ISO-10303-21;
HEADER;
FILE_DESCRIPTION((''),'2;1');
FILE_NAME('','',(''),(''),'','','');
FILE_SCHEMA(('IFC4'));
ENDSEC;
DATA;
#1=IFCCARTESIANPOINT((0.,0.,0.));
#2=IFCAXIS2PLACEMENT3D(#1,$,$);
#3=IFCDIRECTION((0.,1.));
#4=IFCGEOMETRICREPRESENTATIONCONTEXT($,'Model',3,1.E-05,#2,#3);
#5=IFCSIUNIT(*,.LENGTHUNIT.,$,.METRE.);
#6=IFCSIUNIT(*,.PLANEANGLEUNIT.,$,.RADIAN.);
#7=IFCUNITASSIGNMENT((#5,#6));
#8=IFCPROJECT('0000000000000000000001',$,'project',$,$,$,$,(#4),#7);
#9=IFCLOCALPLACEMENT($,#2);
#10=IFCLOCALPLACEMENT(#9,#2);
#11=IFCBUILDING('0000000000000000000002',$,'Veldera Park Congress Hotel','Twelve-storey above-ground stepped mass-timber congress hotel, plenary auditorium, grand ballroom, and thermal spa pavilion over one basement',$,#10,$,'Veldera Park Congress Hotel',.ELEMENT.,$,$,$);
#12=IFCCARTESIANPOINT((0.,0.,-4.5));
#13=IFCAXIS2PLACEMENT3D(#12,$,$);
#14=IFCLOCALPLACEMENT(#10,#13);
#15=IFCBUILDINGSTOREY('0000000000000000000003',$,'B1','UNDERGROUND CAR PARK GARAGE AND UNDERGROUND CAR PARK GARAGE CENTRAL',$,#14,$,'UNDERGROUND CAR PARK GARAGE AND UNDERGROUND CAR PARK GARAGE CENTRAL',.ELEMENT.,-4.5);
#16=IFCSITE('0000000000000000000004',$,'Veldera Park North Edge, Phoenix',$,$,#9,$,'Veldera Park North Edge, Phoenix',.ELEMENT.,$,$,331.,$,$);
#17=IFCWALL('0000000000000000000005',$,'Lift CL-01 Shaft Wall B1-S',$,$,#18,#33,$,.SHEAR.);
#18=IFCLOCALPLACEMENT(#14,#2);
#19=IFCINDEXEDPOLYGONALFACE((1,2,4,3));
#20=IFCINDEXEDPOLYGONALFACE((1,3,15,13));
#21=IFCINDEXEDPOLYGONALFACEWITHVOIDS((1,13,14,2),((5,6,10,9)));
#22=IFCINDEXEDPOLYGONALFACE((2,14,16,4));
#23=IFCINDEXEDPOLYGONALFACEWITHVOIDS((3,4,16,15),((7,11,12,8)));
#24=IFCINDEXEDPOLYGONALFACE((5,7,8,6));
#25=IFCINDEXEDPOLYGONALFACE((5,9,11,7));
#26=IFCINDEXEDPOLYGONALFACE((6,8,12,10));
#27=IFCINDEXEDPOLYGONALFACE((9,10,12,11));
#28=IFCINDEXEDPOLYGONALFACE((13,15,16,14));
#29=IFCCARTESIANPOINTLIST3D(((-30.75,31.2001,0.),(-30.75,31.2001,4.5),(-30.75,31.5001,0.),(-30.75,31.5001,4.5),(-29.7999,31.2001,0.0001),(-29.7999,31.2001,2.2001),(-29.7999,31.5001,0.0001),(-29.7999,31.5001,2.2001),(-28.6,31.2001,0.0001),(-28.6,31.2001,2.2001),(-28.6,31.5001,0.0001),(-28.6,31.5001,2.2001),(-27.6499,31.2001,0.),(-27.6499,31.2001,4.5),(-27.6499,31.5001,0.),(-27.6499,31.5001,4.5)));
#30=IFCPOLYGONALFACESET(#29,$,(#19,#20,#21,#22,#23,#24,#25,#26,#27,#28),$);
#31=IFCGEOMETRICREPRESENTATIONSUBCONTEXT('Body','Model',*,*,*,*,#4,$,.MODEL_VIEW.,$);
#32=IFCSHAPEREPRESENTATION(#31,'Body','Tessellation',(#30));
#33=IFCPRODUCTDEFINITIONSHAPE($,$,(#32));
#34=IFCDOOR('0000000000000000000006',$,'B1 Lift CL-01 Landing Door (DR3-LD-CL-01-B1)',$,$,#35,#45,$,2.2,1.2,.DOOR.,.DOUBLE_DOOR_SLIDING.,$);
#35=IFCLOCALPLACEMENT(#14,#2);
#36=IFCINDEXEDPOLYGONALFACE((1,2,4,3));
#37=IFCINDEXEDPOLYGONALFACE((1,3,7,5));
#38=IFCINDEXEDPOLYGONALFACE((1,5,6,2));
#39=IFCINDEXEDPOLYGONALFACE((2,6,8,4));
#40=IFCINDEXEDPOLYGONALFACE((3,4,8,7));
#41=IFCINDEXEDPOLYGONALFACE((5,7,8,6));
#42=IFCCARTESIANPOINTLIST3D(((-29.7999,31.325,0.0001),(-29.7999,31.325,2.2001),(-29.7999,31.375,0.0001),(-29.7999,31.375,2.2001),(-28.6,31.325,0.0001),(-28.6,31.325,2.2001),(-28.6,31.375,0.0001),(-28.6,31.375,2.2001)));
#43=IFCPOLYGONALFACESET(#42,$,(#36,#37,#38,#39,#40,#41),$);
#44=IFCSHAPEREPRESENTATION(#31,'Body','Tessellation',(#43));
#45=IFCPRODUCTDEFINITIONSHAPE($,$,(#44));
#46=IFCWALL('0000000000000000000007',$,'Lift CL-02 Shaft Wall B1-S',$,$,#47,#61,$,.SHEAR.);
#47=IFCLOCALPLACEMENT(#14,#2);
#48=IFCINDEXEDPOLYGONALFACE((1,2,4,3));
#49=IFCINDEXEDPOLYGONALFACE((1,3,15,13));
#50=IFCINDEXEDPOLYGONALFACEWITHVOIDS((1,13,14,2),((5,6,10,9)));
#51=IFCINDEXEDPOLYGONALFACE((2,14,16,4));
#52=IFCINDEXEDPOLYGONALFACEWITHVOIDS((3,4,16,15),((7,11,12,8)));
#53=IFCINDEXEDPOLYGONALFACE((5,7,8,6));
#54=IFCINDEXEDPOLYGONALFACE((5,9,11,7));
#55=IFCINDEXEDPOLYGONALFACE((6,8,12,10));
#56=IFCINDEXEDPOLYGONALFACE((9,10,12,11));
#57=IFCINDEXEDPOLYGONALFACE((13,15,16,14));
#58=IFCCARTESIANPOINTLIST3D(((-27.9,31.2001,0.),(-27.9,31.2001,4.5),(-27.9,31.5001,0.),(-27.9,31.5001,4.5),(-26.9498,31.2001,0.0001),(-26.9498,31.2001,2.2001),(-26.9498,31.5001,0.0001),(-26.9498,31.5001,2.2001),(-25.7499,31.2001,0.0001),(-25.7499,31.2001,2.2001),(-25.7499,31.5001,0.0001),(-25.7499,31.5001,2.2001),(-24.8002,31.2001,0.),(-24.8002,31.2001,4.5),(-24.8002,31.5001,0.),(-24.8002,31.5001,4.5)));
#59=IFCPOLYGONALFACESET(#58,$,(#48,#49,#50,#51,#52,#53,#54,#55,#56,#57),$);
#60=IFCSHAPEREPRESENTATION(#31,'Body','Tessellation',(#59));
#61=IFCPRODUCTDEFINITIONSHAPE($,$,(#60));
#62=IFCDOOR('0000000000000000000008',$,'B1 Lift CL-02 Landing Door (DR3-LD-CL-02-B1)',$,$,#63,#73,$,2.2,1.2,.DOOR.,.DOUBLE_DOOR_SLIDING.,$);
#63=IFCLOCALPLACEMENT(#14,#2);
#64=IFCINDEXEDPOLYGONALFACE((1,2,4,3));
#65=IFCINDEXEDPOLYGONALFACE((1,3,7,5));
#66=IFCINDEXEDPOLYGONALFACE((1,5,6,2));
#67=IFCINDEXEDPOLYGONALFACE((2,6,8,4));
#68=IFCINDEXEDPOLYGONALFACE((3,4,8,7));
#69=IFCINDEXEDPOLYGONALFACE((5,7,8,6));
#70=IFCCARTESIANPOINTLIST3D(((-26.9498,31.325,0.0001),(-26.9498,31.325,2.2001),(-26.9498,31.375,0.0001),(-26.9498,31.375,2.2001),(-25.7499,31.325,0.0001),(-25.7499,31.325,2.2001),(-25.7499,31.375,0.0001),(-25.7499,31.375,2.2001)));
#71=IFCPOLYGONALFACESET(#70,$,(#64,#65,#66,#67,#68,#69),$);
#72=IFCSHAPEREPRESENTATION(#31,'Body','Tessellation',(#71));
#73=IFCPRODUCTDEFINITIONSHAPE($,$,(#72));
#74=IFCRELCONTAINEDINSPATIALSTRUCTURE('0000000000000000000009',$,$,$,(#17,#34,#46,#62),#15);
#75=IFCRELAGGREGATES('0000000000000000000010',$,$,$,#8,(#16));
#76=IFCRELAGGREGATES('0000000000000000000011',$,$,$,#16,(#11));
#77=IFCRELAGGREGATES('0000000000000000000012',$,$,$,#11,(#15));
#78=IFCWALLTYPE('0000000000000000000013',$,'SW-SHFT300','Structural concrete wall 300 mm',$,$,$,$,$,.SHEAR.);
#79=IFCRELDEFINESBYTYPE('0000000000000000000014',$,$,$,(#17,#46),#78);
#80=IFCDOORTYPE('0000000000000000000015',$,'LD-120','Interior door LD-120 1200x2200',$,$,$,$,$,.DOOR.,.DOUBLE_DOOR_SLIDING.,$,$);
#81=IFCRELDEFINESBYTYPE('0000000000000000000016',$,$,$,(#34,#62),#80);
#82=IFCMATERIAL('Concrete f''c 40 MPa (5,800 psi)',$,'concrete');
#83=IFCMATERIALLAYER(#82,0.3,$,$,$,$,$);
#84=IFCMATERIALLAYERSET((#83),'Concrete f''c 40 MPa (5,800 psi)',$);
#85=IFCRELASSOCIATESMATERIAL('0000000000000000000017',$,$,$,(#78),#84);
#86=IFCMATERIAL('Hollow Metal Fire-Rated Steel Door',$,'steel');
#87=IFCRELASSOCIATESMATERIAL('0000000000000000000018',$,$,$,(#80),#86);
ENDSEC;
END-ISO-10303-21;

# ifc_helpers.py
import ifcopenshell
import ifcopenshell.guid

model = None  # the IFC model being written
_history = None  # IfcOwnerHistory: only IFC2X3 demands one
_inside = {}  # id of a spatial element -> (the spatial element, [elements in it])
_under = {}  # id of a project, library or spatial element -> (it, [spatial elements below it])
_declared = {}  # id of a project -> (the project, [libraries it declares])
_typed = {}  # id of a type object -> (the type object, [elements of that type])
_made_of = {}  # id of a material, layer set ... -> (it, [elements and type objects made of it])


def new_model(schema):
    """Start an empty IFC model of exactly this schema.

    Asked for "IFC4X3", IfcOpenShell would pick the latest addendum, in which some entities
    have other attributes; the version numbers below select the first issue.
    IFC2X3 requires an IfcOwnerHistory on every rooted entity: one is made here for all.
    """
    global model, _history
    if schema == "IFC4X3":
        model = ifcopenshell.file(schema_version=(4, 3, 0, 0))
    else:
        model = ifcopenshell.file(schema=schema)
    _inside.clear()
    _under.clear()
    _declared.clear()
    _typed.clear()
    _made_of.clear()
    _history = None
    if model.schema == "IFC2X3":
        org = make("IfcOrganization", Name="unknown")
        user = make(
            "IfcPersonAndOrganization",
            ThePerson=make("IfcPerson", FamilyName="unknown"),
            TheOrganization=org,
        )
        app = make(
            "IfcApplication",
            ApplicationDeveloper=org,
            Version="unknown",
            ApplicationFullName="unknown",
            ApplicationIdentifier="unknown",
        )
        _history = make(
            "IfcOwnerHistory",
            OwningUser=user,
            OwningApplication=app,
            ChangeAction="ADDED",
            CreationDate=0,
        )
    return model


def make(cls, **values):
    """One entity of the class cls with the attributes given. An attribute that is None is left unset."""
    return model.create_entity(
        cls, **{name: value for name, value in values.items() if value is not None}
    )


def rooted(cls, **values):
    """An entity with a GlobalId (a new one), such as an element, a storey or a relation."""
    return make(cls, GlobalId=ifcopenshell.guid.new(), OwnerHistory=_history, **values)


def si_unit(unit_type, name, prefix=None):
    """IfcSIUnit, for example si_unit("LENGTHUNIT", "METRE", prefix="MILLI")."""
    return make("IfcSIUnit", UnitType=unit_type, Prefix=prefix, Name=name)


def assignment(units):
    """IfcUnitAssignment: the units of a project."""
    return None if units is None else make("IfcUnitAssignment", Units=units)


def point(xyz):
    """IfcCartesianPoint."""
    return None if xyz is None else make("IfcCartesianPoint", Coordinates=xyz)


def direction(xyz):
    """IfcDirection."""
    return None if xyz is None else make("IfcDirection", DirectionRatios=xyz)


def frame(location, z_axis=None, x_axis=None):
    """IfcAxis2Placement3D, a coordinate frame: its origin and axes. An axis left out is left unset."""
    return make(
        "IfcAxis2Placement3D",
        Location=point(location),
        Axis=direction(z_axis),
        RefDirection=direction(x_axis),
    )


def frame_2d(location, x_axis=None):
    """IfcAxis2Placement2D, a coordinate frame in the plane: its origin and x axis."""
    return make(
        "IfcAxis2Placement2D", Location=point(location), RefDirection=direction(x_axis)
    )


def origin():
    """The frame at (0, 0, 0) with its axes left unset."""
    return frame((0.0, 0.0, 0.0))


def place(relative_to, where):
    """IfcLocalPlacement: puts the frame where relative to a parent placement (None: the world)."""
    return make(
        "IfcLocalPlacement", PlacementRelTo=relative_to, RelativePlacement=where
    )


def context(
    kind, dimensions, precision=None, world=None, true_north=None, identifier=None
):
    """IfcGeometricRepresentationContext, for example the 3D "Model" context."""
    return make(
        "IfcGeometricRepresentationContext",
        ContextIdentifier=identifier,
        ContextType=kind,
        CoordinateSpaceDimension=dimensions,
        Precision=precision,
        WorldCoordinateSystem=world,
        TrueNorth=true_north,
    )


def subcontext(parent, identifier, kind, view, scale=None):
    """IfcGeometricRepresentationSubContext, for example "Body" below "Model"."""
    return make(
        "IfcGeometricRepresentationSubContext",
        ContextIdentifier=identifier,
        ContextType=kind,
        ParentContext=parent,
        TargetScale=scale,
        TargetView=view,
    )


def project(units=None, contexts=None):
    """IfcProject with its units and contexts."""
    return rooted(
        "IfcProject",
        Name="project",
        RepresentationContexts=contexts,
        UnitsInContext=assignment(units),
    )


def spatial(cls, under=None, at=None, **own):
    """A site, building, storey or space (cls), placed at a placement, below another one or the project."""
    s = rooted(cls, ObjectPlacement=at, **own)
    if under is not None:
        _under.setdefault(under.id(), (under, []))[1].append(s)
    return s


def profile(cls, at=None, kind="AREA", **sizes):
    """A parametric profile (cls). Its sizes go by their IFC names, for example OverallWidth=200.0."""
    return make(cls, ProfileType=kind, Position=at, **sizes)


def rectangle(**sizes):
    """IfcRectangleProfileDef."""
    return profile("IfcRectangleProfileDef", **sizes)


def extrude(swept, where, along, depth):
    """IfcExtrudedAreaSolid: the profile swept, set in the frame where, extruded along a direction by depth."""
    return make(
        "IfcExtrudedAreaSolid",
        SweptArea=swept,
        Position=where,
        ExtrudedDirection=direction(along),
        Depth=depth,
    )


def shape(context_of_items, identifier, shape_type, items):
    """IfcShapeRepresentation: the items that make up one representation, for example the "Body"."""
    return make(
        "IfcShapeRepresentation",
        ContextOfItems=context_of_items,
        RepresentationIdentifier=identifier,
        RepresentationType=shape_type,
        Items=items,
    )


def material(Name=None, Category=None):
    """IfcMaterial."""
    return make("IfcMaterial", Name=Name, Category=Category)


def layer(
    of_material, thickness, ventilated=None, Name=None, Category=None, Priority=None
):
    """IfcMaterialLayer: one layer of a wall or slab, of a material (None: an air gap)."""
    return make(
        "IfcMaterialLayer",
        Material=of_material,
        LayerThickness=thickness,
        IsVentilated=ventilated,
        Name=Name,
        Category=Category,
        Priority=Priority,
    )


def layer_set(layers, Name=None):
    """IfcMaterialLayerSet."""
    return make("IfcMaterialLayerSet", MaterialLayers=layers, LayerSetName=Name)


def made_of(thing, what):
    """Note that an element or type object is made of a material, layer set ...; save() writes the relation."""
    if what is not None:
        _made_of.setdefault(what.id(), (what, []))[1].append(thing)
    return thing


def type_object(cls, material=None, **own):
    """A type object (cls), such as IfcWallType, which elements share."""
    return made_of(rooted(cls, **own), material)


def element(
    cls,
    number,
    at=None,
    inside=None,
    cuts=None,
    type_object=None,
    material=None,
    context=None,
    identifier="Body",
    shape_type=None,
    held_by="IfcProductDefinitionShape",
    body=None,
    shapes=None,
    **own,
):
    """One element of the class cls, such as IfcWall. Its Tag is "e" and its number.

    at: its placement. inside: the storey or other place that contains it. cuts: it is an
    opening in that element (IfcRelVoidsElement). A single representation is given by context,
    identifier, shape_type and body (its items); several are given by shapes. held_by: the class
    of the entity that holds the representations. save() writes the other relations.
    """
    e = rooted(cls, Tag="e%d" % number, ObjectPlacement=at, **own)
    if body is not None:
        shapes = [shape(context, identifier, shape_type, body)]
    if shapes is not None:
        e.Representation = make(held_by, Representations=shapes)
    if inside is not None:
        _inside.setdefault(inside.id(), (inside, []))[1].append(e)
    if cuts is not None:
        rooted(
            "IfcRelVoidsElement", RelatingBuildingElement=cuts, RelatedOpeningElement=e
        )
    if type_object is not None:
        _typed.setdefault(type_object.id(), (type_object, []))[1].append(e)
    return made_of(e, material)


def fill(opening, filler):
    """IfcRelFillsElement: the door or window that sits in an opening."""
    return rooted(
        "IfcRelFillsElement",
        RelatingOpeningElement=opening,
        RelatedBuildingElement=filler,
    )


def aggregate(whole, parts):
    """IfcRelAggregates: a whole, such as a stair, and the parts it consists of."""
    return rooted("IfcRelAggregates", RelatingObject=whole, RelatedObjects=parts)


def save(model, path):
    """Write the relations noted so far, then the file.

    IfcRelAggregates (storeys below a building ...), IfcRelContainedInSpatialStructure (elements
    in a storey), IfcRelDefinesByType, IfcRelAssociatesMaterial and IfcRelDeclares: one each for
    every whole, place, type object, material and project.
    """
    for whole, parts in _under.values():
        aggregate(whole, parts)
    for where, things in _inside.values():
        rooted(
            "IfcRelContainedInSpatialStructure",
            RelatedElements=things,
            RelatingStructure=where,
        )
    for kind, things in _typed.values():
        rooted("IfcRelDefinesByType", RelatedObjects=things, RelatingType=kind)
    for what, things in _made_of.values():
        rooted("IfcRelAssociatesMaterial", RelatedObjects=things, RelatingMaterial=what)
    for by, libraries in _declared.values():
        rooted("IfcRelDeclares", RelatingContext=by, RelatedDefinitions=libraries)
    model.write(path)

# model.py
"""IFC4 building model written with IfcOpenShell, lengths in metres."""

from ifc_helpers import new_model, si_unit, direction, frame, frame_2d, origin, place, context, subcontext, project, spatial, rectangle, extrude, material, layer, layer_set, type_object, element, fill, save


model = new_model("IFC4")

# Units and contexts
model_context = context("Model", 3, precision=1e-05, world=origin(), true_north=direction((0.0, 1.0)))
body_context = subcontext(model_context, "Body", "Model", "MODEL_VIEW")
ifc_project = project(units=[si_unit("LENGTHUNIT", "METRE"), si_unit("PLANEANGLEUNIT", "RADIAN")], contexts=[model_context])

# Site, building, storey
site_placement = place(None, origin())
site = spatial("IfcSite", under=ifc_project, at=site_placement, Name="Veldera Park North Edge, Phoenix", LongName="Veldera Park North Edge, Phoenix", CompositionType="ELEMENT", RefElevation=331.0)
building_placement = place(site_placement, origin())
building = spatial("IfcBuilding", under=site, at=building_placement, Name="Veldera Park Congress Hotel", Description="Twelve-storey above-ground stepped mass-timber congress hotel, plenary auditorium, grand ballroom, and thermal spa pavilion over one basement", LongName="Veldera Park Congress Hotel", CompositionType="ELEMENT")
storey_placement = place(building_placement, frame((0.0, 0.0, -4.5)))
storey = spatial("IfcBuildingStorey", under=building, at=storey_placement, Name="B1", Description="UNDERGROUND CAR PARK GARAGE AND UNDERGROUND CAR PARK GARAGE CENTRAL", LongName="UNDERGROUND CAR PARK GARAGE AND UNDERGROUND CAR PARK GARAGE CENTRAL", CompositionType="ELEMENT", Elevation=-4.5)

# Shared definitions
ifc_material_1 = material(Name="Concrete f'c 40 MPa (5,800 psi)", Category="concrete")

# Walls, openings, doors
ifc_layer_1 = layer(ifc_material_1, 0.3)
ifc_layer_set_1 = layer_set([ifc_layer_1], Name="Concrete f'c 40 MPa (5,800 psi)")
wall_type_1 = type_object("IfcWallType", Name="SW-SHFT300", Description="Structural concrete wall 300 mm", PredefinedType="SHEAR", material=ifc_layer_set_1)
wall_1_placement = place(storey_placement, frame((-30.75, 31.3501, 0.0), z_axis=(0.0, 0.0, 1.0), x_axis=(1.0, 0.0, 0.0)))
wall_1 = element("IfcWall", 1, at=wall_1_placement, inside=storey, type_object=wall_type_1, Name="Lift CL-01 Shaft Wall B1-S", PredefinedType="SHEAR", context=body_context, shape_type="SweptSolid", body=[
    extrude(rectangle(XDim=3.1001, YDim=0.3, at=frame_2d((1.55, 0.0))), origin(), (0.0, 0.0, 1.0), 4.5),
])
opening_1_placement = place(wall_1_placement, frame((0.95, 0.0, 0.0)))
opening_1 = element("IfcOpeningElement", 2, at=opening_1_placement, cuts=wall_1, PredefinedType="OPENING", context=body_context, shape_type="SweptSolid", body=[
    extrude(rectangle(XDim=1.2, YDim=2.2, at=frame_2d((0.6001, 1.1001))), frame((0.0, 0.1621, 0.0), z_axis=(0.0, -1.0, 0.0), x_axis=(1.0, 0.0, 0.0)), (0.0, 0.0, 1.0), 0.324),
])
ifc_material_2 = material(Name="Hollow Metal Fire-Rated Steel Door", Category="steel")
door_type = type_object("IfcDoorType", Name="LD-120", Description="Interior door LD-120 1200x2200", OperationType="DOUBLE_DOOR_SLIDING", PredefinedType="DOOR", material=ifc_material_2)
door_1_placement = place(opening_1_placement, origin())
door_1 = element("IfcDoor", 3, at=door_1_placement, inside=storey, type_object=door_type, Name="B1 Lift CL-01 Landing Door (DR3-LD-CL-01-B1)", OperationType="DOUBLE_DOOR_SLIDING", OverallHeight=2.2, OverallWidth=1.2, PredefinedType="DOOR", context=body_context, shape_type="SweptSolid", body=[
    extrude(rectangle(XDim=1.2, YDim=2.2, at=frame_2d((0.6001, 1.1001))), frame((0.0, 0.0249, 0.0), z_axis=(0.0, -1.0, 0.0), x_axis=(1.0, 0.0, 0.0)), (0.0, 0.0, 1.0), 0.05),
])
fill(opening_1, door_1)
wall_2_placement = place(storey_placement, frame((-27.8999, 31.3501, 0.0), z_axis=(0.0, 0.0, 1.0), x_axis=(1.0, 0.0, 0.0)))
wall_2 = element("IfcWall", 4, at=wall_2_placement, inside=storey, type_object=wall_type_1, Name="Lift CL-02 Shaft Wall B1-S", PredefinedType="SHEAR", context=body_context, shape_type="SweptSolid", body=[
    extrude(rectangle(XDim=3.0999, YDim=0.3, at=frame_2d((1.5498, 0.0))), origin(), (0.0, 0.0, 1.0), 4.5),
])
opening_2_placement = place(wall_2_placement, frame((0.95, 0.0, 0.0)))
opening_2 = element("IfcOpeningElement", 5, at=opening_2_placement, cuts=wall_2, PredefinedType="OPENING", context=body_context, shape_type="SweptSolid", body=[
    extrude(rectangle(XDim=1.2, YDim=2.2, at=frame_2d((0.6001, 1.1001))), frame((0.0, 0.1621, 0.0), z_axis=(0.0, -1.0, 0.0), x_axis=(1.0, 0.0, 0.0)), (0.0, 0.0, 1.0), 0.324),
])
door_2_placement = place(opening_2_placement, origin())
door_2 = element("IfcDoor", 6, at=door_2_placement, inside=storey, type_object=door_type, Name="B1 Lift CL-02 Landing Door (DR3-LD-CL-02-B1)", OperationType="DOUBLE_DOOR_SLIDING", OverallHeight=2.2, OverallWidth=1.2, PredefinedType="DOOR", context=body_context, shape_type="SweptSolid", body=[
    extrude(rectangle(XDim=1.2, YDim=2.2, at=frame_2d((0.6001, 1.1001))), frame((0.0, 0.0249, 0.0), z_axis=(0.0, -1.0, 0.0), x_axis=(1.0, 0.0, 0.0)), (0.0, 0.0, 1.0), 0.05),
])
fill(opening_2, door_2)

save(model, "model.ifc")
